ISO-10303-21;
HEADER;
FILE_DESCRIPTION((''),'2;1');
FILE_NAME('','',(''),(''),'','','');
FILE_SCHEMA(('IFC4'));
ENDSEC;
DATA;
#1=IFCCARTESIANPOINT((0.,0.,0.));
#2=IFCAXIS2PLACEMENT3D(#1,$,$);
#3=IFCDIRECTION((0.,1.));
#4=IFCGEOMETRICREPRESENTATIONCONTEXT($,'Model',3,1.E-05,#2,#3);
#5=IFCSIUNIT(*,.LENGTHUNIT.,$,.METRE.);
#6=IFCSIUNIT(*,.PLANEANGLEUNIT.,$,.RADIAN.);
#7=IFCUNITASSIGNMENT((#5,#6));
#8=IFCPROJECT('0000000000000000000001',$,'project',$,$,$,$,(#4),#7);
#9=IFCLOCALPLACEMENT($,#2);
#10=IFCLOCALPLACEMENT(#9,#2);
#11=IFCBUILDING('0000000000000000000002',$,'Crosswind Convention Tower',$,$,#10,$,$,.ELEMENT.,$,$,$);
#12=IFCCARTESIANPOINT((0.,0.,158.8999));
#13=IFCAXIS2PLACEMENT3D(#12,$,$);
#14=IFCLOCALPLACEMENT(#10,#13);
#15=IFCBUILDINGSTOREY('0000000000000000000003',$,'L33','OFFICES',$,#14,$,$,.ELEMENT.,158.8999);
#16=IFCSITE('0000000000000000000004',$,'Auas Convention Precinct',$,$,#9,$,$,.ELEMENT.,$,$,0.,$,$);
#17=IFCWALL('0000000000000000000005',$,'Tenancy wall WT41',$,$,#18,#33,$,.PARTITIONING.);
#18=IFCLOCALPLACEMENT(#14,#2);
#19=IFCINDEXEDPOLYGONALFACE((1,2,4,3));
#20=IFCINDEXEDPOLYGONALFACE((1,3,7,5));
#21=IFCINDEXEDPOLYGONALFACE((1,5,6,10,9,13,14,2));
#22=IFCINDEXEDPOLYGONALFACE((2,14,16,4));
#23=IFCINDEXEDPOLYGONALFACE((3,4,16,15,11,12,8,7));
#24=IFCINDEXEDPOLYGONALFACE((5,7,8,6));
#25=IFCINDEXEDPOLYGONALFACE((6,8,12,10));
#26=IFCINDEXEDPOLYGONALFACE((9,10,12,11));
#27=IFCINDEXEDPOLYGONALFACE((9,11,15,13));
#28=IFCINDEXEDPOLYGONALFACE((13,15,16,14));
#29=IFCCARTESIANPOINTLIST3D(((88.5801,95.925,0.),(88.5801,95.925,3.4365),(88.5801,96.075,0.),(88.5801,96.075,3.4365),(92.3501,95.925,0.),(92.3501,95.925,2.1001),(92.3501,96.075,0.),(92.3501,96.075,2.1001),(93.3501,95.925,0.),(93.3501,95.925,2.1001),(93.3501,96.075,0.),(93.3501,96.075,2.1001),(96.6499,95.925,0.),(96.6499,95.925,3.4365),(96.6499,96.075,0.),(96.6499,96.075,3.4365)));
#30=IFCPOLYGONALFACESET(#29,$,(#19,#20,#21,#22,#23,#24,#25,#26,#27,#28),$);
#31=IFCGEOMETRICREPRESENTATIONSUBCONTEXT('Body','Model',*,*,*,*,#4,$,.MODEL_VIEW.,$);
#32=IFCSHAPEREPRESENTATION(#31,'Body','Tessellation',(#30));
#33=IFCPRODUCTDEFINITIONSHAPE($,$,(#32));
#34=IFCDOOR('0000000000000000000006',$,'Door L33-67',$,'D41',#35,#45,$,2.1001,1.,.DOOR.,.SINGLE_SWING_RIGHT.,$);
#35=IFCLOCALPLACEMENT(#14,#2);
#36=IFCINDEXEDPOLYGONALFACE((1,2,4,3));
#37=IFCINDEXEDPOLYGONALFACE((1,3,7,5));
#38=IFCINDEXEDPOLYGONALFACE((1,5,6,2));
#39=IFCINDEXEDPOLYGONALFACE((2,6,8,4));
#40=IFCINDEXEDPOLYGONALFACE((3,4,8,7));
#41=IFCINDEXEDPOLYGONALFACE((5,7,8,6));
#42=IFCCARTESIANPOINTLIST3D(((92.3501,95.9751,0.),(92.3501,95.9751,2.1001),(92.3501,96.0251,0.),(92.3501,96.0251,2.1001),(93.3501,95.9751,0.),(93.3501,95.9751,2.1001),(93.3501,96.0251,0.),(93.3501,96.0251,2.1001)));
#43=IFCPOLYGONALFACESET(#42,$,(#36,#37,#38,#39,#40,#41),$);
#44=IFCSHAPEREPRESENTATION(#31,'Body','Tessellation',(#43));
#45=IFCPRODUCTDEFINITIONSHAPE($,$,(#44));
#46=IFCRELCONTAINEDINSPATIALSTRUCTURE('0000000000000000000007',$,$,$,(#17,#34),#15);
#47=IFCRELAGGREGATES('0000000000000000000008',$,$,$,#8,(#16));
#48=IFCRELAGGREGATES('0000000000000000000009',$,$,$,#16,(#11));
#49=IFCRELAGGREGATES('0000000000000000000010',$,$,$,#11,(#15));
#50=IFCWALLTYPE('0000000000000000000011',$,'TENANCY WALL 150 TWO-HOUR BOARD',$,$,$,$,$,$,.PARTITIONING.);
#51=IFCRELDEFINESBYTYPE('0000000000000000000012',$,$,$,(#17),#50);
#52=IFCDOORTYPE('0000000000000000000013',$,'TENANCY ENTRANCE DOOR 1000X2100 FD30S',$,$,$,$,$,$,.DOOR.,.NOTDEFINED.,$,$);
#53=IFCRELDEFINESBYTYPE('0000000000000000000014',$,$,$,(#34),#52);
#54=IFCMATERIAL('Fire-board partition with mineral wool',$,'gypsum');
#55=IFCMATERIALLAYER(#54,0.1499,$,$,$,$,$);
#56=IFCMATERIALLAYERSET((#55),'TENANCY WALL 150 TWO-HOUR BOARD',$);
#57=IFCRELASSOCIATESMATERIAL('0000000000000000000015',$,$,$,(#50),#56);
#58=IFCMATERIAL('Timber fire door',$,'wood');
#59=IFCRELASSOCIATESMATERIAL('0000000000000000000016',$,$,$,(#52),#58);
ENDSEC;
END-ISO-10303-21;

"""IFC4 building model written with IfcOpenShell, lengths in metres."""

from ifc_helpers import new_model, si_unit, direction, frame, frame_2d, origin, place, context, subcontext, project, spatial, rectangle, extrude, material, layer, layer_set, type_object, element, fill, save


model = new_model("IFC4")

# Units and contexts
model_context = context("Model", 3, precision=1e-05, world=origin(), true_north=direction((0.0, 1.0)))
body_context = subcontext(model_context, "Body", "Model", "MODEL_VIEW")
ifc_project = project(units=[si_unit("LENGTHUNIT", "METRE"), si_unit("PLANEANGLEUNIT", "RADIAN")], contexts=[model_context])

# Site, building, storey
site_placement = place(None, origin())
site = spatial("IfcSite", under=ifc_project, at=site_placement, Name="Auas Convention Precinct", CompositionType="ELEMENT", RefElevation=0.0)
building_placement = place(site_placement, origin())
building = spatial("IfcBuilding", under=site, at=building_placement, Name="Crosswind Convention Tower", CompositionType="ELEMENT")
storey_placement = place(building_placement, frame((0.0, 0.0, 158.8999)))
storey = spatial("IfcBuildingStorey", under=building, at=storey_placement, Name="L33", Description="OFFICES", CompositionType="ELEMENT", Elevation=158.8999)

# Wall, opening, door
ifc_material_1 = material(Name="Fire-board partition with mineral wool", Category="gypsum")
ifc_layer_1 = layer(ifc_material_1, 0.1499)
ifc_layer_set_1 = layer_set([ifc_layer_1], Name="TENANCY WALL 150 TWO-HOUR BOARD")
wall_type = type_object("IfcWallType", Name="TENANCY WALL 150 TWO-HOUR BOARD", PredefinedType="PARTITIONING", material=ifc_layer_set_1)
wall_placement = place(storey_placement, frame((88.5801, 96.0, 0.0), z_axis=(0.0, 0.0, 1.0), x_axis=(1.0, 0.0, 0.0)))
wall = element("IfcWall", 1, at=wall_placement, inside=storey, type_object=wall_type, Name="Tenancy wall WT41", PredefinedType="PARTITIONING", context=body_context, shape_type="SweptSolid", body=[
    extrude(rectangle(XDim=8.0698, YDim=0.1499, at=frame_2d((4.0349, 0.0))), origin(), (0.0, 0.0, 1.0), 3.4365),
])
opening_placement = place(wall_placement, frame((3.77, 0.0, 0.0)))
opening = element("IfcOpeningElement", 2, at=opening_placement, cuts=wall, PredefinedType="OPENING", context=body_context, shape_type="SweptSolid", body=[
    extrude(rectangle(XDim=1.0, YDim=2.1001, at=frame_2d((0.5, 1.05))), frame((0.0, 0.085, 0.0), z_axis=(0.0, -1.0, 0.0), x_axis=(1.0, 0.0, 0.0)), (0.0, 0.0, 1.0), 0.1699),
])
ifc_material_2 = material(Name="Timber fire door", Category="wood")
door_type = type_object("IfcDoorType", Name="TENANCY ENTRANCE DOOR 1000X2100 FD30S", OperationType="NOTDEFINED", PredefinedType="DOOR", material=ifc_material_2)
door_placement = place(opening_placement, frame((1.0, 0.0, 0.0), z_axis=(0.0, 0.0, 1.0), x_axis=(-1.0, 0.0, 0.0)))
door = element("IfcDoor", 3, at=door_placement, inside=storey, type_object=door_type, Name="Door L33-67", ObjectType="D41", OperationType="SINGLE_SWING_RIGHT", OverallHeight=2.1001, OverallWidth=1.0, PredefinedType="DOOR", context=body_context, shape_type="SweptSolid", body=[
    extrude(rectangle(XDim=1.0, YDim=2.1001, at=frame_2d((0.5, 1.05))), frame((0.0, 0.0249, 0.0), z_axis=(0.0, -1.0, 0.0), x_axis=(1.0, 0.0, 0.0)), (0.0, 0.0, 1.0), 0.05),
])
fill(opening, door)

save(model, "model.ifc")
